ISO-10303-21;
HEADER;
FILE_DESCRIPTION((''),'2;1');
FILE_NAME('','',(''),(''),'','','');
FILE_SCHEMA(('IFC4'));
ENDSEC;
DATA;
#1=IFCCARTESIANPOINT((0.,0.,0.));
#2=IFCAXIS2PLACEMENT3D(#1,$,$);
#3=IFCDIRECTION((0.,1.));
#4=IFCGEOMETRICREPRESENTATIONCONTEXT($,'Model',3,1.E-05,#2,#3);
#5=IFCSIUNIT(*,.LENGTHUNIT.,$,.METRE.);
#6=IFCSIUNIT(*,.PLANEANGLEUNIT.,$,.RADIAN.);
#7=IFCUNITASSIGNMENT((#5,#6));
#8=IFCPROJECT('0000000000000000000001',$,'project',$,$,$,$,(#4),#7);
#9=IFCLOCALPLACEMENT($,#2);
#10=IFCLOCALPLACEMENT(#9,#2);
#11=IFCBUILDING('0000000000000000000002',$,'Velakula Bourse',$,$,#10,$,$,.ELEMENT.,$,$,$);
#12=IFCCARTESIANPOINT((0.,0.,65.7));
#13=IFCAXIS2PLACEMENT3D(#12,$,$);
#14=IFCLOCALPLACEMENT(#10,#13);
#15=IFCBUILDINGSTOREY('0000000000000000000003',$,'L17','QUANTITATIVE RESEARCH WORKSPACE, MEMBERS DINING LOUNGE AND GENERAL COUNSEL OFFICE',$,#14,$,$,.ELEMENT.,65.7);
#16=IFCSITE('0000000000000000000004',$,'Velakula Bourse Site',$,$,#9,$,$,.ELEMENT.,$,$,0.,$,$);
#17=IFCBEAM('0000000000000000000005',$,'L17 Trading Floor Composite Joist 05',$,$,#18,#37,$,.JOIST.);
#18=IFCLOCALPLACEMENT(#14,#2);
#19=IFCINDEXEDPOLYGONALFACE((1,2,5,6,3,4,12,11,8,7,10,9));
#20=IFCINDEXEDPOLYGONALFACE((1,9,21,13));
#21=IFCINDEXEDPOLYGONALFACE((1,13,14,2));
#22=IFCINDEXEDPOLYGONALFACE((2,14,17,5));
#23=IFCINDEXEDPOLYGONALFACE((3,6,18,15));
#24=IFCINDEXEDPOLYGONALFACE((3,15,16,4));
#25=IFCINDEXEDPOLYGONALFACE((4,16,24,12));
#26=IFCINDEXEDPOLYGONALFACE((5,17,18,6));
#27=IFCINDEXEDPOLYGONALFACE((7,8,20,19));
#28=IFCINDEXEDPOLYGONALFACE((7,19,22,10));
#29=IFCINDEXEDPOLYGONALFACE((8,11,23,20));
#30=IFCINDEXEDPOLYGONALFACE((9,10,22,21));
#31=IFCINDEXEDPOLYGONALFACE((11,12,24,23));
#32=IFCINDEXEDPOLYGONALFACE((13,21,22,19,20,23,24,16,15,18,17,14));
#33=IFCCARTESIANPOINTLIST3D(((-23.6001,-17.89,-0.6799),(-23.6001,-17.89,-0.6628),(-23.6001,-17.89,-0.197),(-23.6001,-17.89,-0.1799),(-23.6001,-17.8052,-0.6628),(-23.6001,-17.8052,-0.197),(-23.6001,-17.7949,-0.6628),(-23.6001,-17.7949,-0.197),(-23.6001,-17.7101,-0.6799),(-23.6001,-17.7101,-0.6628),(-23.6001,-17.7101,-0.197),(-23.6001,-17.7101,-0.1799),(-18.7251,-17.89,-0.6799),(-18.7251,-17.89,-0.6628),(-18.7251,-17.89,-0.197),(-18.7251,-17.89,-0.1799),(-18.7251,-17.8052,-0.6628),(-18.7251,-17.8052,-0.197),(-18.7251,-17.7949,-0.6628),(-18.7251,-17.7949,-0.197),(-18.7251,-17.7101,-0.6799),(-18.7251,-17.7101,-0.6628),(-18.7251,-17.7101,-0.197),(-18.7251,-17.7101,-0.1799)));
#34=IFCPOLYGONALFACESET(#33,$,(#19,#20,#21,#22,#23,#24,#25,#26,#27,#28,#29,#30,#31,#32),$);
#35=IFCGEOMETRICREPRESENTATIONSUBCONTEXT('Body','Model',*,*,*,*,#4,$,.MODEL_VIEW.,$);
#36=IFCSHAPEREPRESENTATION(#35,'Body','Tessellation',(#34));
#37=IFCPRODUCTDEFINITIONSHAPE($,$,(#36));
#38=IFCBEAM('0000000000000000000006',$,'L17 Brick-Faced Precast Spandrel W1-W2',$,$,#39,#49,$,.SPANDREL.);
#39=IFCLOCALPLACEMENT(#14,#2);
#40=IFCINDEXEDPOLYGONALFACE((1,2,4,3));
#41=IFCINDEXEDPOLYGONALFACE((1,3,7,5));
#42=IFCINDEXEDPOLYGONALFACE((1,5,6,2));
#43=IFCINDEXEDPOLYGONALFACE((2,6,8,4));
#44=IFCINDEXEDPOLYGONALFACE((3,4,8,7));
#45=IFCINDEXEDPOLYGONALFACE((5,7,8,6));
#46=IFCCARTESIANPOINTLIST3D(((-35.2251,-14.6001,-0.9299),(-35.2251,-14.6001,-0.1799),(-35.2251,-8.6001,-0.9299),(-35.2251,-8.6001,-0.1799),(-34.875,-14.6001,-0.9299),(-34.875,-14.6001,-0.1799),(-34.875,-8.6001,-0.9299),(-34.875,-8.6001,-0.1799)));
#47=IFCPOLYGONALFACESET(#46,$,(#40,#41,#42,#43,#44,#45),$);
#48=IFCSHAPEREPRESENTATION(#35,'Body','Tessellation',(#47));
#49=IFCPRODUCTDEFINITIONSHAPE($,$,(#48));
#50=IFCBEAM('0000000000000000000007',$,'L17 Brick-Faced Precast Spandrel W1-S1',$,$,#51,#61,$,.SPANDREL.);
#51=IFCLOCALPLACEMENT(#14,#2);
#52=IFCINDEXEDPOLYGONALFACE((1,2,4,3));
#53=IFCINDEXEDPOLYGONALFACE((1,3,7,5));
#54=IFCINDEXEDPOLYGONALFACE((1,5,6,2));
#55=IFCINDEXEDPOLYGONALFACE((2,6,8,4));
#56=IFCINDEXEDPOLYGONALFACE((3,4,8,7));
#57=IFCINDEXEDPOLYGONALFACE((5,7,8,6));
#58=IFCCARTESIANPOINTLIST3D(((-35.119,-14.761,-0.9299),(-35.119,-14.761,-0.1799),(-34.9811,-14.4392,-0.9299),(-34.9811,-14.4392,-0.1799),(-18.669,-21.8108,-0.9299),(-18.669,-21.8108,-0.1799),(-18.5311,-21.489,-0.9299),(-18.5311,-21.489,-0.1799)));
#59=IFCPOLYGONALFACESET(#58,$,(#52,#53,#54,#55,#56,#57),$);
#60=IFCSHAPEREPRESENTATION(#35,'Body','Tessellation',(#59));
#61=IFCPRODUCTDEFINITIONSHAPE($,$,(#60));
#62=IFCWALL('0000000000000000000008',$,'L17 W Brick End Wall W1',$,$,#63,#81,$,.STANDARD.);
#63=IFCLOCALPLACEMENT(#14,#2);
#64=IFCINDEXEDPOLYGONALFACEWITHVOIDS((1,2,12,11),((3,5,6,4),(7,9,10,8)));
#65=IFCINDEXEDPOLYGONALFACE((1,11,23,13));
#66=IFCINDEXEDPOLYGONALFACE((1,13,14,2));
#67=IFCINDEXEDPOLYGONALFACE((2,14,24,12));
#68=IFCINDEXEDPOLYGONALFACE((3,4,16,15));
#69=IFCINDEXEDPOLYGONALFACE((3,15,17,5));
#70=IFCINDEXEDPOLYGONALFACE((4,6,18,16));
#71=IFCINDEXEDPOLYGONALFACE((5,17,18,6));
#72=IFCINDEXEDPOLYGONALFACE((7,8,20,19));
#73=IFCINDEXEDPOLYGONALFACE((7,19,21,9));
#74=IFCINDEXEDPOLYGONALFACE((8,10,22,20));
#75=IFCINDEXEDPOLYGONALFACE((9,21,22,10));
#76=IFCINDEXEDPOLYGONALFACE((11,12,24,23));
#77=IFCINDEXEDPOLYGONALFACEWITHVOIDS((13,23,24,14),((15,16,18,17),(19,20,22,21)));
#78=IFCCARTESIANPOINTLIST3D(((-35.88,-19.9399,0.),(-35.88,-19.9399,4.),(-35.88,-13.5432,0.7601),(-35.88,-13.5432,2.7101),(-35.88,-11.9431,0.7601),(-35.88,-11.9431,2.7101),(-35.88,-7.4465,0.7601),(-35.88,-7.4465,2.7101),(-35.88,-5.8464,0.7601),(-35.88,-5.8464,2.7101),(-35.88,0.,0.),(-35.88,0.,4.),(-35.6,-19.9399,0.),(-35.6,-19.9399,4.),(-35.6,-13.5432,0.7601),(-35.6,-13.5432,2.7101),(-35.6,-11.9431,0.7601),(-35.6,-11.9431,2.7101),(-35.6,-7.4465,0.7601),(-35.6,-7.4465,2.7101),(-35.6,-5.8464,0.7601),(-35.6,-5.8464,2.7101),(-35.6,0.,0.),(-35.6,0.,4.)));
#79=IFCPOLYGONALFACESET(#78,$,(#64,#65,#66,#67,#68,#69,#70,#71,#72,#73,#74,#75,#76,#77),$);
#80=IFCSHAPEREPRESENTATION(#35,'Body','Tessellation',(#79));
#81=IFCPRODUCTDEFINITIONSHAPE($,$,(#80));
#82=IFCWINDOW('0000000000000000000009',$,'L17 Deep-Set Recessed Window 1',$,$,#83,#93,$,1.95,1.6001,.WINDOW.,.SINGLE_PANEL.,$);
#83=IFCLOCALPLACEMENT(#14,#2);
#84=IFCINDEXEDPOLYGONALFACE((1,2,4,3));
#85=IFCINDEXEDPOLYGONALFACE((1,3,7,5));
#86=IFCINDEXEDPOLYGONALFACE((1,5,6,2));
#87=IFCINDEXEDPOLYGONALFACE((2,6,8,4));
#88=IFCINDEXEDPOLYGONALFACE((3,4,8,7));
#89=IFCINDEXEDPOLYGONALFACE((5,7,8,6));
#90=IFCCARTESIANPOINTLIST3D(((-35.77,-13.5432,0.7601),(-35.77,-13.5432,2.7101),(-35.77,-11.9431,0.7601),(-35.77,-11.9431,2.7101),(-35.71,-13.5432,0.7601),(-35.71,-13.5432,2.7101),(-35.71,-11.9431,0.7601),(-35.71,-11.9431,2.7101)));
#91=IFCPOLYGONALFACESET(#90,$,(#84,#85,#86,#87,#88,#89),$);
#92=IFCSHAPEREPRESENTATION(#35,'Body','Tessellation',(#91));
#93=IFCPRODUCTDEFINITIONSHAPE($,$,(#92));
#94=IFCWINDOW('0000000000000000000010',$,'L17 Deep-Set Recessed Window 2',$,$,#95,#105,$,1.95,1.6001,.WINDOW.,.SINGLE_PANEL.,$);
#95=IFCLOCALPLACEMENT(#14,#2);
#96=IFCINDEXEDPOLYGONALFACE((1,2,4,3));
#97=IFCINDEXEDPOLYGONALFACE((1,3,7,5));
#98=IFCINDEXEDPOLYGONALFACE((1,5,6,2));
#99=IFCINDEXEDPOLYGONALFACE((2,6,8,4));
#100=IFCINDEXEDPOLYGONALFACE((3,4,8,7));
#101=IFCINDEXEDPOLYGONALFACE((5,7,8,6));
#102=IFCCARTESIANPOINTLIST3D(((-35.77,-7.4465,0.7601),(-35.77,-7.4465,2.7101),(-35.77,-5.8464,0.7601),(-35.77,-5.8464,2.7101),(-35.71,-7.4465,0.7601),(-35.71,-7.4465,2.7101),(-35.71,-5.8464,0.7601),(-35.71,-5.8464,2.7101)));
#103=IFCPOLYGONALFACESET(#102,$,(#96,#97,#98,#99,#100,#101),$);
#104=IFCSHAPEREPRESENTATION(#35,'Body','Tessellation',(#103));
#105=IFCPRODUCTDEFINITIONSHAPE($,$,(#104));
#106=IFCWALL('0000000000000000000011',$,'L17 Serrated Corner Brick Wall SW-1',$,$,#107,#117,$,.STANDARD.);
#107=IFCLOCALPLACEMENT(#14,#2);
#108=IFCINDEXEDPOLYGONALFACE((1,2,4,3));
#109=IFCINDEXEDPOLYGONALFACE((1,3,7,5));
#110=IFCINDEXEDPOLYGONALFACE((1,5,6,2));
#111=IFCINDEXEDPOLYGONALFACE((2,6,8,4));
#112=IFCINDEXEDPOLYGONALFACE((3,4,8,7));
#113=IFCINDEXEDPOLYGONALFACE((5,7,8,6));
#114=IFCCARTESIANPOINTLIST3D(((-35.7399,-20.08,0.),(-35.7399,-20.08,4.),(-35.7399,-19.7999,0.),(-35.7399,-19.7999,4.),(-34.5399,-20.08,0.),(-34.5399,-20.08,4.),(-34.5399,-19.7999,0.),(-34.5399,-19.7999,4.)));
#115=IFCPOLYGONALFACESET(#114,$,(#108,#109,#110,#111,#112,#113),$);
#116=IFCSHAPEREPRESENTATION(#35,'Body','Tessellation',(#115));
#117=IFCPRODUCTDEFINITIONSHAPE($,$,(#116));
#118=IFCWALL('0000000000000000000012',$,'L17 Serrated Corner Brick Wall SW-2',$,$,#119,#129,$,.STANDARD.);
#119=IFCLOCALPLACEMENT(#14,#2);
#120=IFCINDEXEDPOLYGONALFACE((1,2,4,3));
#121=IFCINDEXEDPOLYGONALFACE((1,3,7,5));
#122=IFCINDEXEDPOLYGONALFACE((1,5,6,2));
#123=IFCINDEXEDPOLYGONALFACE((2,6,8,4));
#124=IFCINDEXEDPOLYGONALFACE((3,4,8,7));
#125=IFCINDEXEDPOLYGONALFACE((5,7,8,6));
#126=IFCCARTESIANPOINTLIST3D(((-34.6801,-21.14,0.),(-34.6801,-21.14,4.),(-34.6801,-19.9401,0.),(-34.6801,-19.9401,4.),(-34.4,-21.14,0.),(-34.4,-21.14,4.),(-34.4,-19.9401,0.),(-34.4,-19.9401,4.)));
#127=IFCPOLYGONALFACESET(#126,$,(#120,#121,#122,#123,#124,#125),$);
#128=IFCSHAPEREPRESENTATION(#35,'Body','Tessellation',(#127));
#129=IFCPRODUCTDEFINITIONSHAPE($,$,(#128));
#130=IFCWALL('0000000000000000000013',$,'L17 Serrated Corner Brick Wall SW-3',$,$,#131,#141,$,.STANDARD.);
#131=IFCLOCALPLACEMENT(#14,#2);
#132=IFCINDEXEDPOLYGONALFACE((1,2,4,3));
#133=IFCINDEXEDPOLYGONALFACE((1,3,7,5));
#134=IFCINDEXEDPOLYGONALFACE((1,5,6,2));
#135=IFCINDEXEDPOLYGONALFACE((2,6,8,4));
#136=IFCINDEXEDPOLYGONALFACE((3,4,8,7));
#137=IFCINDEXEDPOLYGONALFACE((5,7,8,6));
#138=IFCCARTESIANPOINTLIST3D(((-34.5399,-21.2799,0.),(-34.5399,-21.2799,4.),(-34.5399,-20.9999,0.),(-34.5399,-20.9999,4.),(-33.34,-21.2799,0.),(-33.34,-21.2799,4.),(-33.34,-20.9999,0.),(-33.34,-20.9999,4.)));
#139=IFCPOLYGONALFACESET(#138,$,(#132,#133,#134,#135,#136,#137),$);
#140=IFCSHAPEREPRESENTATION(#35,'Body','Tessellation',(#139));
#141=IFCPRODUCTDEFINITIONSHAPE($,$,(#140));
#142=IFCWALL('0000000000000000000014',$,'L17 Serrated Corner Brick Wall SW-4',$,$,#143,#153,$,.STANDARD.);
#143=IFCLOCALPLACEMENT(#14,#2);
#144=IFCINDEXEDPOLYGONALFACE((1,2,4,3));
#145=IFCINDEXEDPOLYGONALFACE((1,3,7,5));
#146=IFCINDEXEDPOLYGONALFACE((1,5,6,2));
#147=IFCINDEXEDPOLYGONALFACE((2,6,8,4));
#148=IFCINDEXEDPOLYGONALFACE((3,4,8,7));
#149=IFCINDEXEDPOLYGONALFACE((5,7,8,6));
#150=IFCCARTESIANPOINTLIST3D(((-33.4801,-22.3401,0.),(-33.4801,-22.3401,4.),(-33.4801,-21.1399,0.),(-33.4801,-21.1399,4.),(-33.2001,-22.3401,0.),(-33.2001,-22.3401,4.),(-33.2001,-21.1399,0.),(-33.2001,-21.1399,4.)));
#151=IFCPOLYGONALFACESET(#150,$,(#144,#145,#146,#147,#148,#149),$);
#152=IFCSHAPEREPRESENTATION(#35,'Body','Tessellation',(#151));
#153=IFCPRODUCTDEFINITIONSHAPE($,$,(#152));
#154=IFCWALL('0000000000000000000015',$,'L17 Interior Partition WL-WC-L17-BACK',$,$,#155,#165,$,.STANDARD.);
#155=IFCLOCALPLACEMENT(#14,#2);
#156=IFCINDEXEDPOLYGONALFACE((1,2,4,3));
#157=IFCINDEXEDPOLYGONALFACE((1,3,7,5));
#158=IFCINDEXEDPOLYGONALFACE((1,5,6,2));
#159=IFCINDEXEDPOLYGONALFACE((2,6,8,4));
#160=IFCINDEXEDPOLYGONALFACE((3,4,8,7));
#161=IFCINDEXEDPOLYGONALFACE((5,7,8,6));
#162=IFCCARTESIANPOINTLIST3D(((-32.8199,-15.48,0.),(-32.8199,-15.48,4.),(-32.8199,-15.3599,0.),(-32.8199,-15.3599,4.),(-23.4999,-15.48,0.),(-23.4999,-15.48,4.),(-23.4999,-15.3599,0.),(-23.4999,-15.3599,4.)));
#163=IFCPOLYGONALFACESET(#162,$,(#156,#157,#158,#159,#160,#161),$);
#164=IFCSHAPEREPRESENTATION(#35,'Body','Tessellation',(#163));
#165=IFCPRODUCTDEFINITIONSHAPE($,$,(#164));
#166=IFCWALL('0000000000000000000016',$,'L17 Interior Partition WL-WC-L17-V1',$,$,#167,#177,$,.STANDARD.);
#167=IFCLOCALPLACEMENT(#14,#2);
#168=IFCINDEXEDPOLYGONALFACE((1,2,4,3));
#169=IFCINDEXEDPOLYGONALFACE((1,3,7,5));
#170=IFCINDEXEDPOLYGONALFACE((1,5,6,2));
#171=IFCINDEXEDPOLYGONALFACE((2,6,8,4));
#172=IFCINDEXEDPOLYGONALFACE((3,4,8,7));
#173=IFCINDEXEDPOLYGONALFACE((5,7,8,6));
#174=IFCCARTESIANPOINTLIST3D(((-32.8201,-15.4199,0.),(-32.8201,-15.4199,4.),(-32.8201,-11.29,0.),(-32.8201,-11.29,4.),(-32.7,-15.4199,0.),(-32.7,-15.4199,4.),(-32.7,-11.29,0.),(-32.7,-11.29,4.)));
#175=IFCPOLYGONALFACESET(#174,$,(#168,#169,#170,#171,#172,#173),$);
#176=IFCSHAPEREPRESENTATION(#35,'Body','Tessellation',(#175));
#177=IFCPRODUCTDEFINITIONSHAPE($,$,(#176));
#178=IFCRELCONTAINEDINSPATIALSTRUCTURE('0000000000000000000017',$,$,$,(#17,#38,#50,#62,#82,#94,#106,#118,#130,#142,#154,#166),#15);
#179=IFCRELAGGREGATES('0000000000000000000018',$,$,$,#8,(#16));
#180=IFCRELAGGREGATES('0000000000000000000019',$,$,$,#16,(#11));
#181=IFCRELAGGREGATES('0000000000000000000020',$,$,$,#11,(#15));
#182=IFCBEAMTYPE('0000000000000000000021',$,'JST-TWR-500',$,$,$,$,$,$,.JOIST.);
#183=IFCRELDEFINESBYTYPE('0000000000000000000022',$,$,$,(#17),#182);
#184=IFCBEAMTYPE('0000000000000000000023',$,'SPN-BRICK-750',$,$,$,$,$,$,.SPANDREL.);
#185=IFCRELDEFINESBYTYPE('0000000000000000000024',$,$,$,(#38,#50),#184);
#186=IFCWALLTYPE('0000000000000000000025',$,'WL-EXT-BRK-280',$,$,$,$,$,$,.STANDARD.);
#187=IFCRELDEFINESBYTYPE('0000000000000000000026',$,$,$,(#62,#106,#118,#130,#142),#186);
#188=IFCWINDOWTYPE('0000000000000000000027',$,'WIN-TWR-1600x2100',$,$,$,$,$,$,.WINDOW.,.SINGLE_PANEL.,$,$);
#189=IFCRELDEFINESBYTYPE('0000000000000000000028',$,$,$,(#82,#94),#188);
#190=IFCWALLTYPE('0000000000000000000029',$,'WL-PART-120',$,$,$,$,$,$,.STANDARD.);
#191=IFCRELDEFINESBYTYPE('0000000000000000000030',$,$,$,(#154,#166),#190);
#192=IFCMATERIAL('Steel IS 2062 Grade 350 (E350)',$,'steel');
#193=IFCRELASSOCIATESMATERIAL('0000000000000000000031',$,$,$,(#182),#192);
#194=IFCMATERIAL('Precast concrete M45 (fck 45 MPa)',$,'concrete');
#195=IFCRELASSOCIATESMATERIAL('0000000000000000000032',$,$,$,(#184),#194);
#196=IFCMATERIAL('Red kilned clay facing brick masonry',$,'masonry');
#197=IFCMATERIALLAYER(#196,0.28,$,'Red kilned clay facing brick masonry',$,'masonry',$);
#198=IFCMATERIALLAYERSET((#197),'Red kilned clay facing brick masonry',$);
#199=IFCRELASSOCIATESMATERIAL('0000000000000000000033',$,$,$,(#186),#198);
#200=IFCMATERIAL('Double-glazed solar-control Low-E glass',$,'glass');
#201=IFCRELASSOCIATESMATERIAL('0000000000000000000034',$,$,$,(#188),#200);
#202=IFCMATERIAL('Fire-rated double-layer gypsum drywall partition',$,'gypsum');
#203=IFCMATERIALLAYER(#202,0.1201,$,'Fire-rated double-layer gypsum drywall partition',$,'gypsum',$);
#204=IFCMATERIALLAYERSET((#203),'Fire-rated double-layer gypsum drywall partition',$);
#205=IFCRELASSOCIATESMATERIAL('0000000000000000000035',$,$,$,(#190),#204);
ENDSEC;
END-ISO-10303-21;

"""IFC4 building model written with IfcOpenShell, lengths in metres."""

from ifc_helpers import new_model, si_unit, direction, frame, frame_2d, origin, origin_2d, place, context, subcontext, project, spatial, rectangle, i_section, extrude, material, layer, layer_set, material_profile, profile_set, type_object, element, fill, save


model = new_model("IFC4")

# Units and contexts
model_context = context("Model", 3, precision=1e-05, world=origin(), true_north=direction((0.0, 1.0)))
body_context = subcontext(model_context, "Body", "Model", "MODEL_VIEW")
ifc_project = project(units=[si_unit("LENGTHUNIT", "METRE"), si_unit("PLANEANGLEUNIT", "RADIAN")], contexts=[model_context])

# Site, building, storey
site_placement = place(None, origin())
site = spatial("IfcSite", under=ifc_project, at=site_placement, Name="Velakula Bourse Site", CompositionType="ELEMENT", RefElevation=0.0)
building_placement = place(site_placement, origin())
building = spatial("IfcBuilding", under=site, at=building_placement, Name="Velakula Bourse", CompositionType="ELEMENT")
storey_placement = place(building_placement, frame((0.0, 0.0, 65.7)))
storey = spatial("IfcBuildingStorey", under=building, at=storey_placement, Name="L17", Description="QUANTITATIVE RESEARCH WORKSPACE, MEMBERS DINING LOUNGE AND GENERAL COUNSEL OFFICE", CompositionType="ELEMENT", Elevation=65.7)

# Shared definitions
ifc_material_1 = material(Name="Precast concrete M45 (fck 45 MPa)", Category="concrete")

# Beams
ifc_material_2 = material(Name="Steel IS 2062 Grade 350 (E350)", Category="steel")
ifc_material_profile_1 = material_profile(ifc_material_2, i_section(OverallWidth=0.1799, OverallDepth=0.5, WebThickness=0.0103, FlangeThickness=0.0171, at=origin_2d()), Name="Steel IS 2062 Grade 350 (E350)")
ifc_profile_set_1 = profile_set([ifc_material_profile_1], Name="Steel IS 2062 Grade 350 (E350)")
beam_type_1 = type_object("IfcBeamType", Name="JST-TWR-500", PredefinedType="JOIST", material=ifc_profile_set_1)
beam_1_placement = place(storey_placement, frame((-23.6001, -17.8, -0.4299), z_axis=(1.0, 0.0, 0.0), x_axis=(0.0, 1.0, 0.0)))
element("IfcBeam", 1, at=beam_1_placement, inside=storey, type_object=beam_type_1, Name="L17 Trading Floor Composite Joist 05", PredefinedType="JOIST", context=body_context, shape_type="SweptSolid", body=[
    extrude(i_section(OverallWidth=0.1799, OverallDepth=0.5, WebThickness=0.0103, FlangeThickness=0.0171, at=origin_2d()), origin(), (0.0, 0.0, 1.0), 4.875),
])
ifc_material_profile_2 = material_profile(ifc_material_1, rectangle(XDim=0.3501, YDim=0.75, at=origin_2d()), Name="Precast concrete M45 (fck 45 MPa)")
ifc_profile_set_2 = profile_set([ifc_material_profile_2], Name="Precast concrete M45 (fck 45 MPa)")
beam_type_2 = type_object("IfcBeamType", Name="SPN-BRICK-750", PredefinedType="SPANDREL", material=ifc_profile_set_2)
beam_2_placement = place(storey_placement, frame((-35.05, -14.6001, -0.5549), z_axis=(0.0, 1.0, 0.0), x_axis=(-1.0, 0.0, 0.0)))
element("IfcBeam", 2, at=beam_2_placement, inside=storey, type_object=beam_type_2, Name="L17 Brick-Faced Precast Spandrel W1-W2", PredefinedType="SPANDREL", context=body_context, shape_type="SweptSolid", body=[
    extrude(rectangle(XDim=0.3501, YDim=0.75, at=origin_2d()), origin(), (0.0, 0.0, 1.0), 6.0),
])
beam_3_placement = place(storey_placement, frame((-35.05, -14.6001, -0.5549), z_axis=(0.919149, -0.393911, 0.0), x_axis=(0.393911, 0.919149, 0.0)))
element("IfcBeam", 3, at=beam_3_placement, inside=storey, type_object=beam_type_2, Name="L17 Brick-Faced Precast Spandrel W1-S1", PredefinedType="SPANDREL", context=body_context, shape_type="SweptSolid", body=[
    extrude(rectangle(XDim=0.3501, YDim=0.75, at=origin_2d()), origin(), (0.0, 0.0, 1.0), 17.897),
])

# Wall, openings, windows
ifc_material_3 = material(Name="Red kilned clay facing brick masonry", Category="masonry")
ifc_layer_1 = layer(ifc_material_3, 0.28, Name="Red kilned clay facing brick masonry", Category="masonry")
ifc_layer_set_1 = layer_set([ifc_layer_1], Name="Red kilned clay facing brick masonry")
wall_type_1 = type_object("IfcWallType", Name="WL-EXT-BRK-280", PredefinedType="STANDARD", material=ifc_layer_set_1)
wall_1_placement = place(storey_placement, frame((-35.74, -19.9399, 0.0), z_axis=(0.0, 0.0, 1.0), x_axis=(0.0, 1.0, 0.0)))
wall_1 = element("IfcWall", 4, at=wall_1_placement, inside=storey, type_object=wall_type_1, Name="L17 W Brick End Wall W1", PredefinedType="STANDARD", context=body_context, shape_type="SweptSolid", body=[
    extrude(rectangle(XDim=19.9399, YDim=0.28, at=frame_2d((9.97, 0.0))), origin(), (0.0, 0.0, 1.0), 4.0),
])
opening_1_placement = place(wall_1_placement, frame((6.3967, 0.0, 0.76)))
opening_1 = element("IfcOpeningElement", 5, at=opening_1_placement, cuts=wall_1, PredefinedType="OPENING", context=body_context, shape_type="SweptSolid", body=[
    extrude(rectangle(XDim=1.6001, YDim=1.95, at=frame_2d((0.8, 0.9751))), frame((0.0, 0.1499, 0.0), z_axis=(0.0, -1.0, 0.0), x_axis=(1.0, 0.0, 0.0)), (0.0, 0.0, 1.0), 0.3),
])
opening_2_placement = place(wall_1_placement, frame((12.4934, 0.0, 0.76)))
opening_2 = element("IfcOpeningElement", 6, at=opening_2_placement, cuts=wall_1, PredefinedType="OPENING", context=body_context, shape_type="SweptSolid", body=[
    extrude(rectangle(XDim=1.6001, YDim=1.95, at=frame_2d((0.8, 0.9751))), frame((0.0, 0.1499, 0.0), z_axis=(0.0, -1.0, 0.0), x_axis=(1.0, 0.0, 0.0)), (0.0, 0.0, 1.0), 0.3),
])
ifc_material_4 = material(Name="Double-glazed solar-control Low-E glass", Category="glass")
window_type = type_object("IfcWindowType", Name="WIN-TWR-1600x2100", PartitioningType="SINGLE_PANEL", PredefinedType="WINDOW", material=ifc_material_4)
window_1_placement = place(opening_1_placement, origin())
window_1 = element("IfcWindow", 7, at=window_1_placement, inside=storey, type_object=window_type, Name="L17 Deep-Set Recessed Window 1", OverallHeight=1.95, OverallWidth=1.6001, PartitioningType="SINGLE_PANEL", PredefinedType="WINDOW", context=body_context, shape_type="SweptSolid", body=[
    extrude(rectangle(XDim=1.6001, YDim=1.95, at=frame_2d((0.8, 0.9751))), frame((0.0, 0.03, 0.0), z_axis=(0.0, -1.0, 0.0), x_axis=(1.0, 0.0, 0.0)), (0.0, 0.0, 1.0), 0.0601),
])
fill(opening_1, window_1)
window_2_placement = place(opening_2_placement, origin())
window_2 = element("IfcWindow", 8, at=window_2_placement, inside=storey, type_object=window_type, Name="L17 Deep-Set Recessed Window 2", OverallHeight=1.95, OverallWidth=1.6001, PartitioningType="SINGLE_PANEL", PredefinedType="WINDOW", context=body_context, shape_type="SweptSolid", body=[
    extrude(rectangle(XDim=1.6001, YDim=1.95, at=frame_2d((0.8, 0.9751))), frame((0.0, 0.03, 0.0), z_axis=(0.0, -1.0, 0.0), x_axis=(1.0, 0.0, 0.0)), (0.0, 0.0, 1.0), 0.0601),
])
fill(opening_2, window_2)

# Walls
for number, where, z_axis, x_axis, name in (
    (9, (-35.74, -19.9399, 0.0), (0.0, 0.0, 1.0), (1.0, 0.0, 0.0), "L17 Serrated Corner Brick Wall SW-1"),
    (10, (-34.54, -19.9399, 0.0), (0.0, 0.0, 1.0), (0.0, -1.0, 0.0), "L17 Serrated Corner Brick Wall SW-2"),
    (11, (-34.54, -21.1399, 0.0), (0.0, 0.0, 1.0), (1.0, 0.0, 0.0), "L17 Serrated Corner Brick Wall SW-3"),
):
    element("IfcWall", number, at=place(storey_placement, frame(where, z_axis=z_axis, x_axis=x_axis)), inside=storey, type_object=wall_type_1, Name=name, PredefinedType="STANDARD", context=body_context, shape_type="SweptSolid", body=[
        extrude(rectangle(XDim=1.2, YDim=0.28, at=frame_2d((0.6001, 0.0))), origin(), (0.0, 0.0, 1.0), 4.0),
    ])
wall_2_placement = place(storey_placement, frame((-33.3401, -21.1399, 0.0), z_axis=(0.0, 0.0, 1.0), x_axis=(0.0, -1.0, 0.0)))
element("IfcWall", 12, at=wall_2_placement, inside=storey, type_object=wall_type_1, Name="L17 Serrated Corner Brick Wall SW-4", PredefinedType="STANDARD", context=body_context, shape_type="SweptSolid", body=[
    extrude(rectangle(XDim=1.2002, YDim=0.28, at=frame_2d((0.6001, 0.0))), origin(), (0.0, 0.0, 1.0), 4.0),
])
ifc_material_5 = material(Name="Fire-rated double-layer gypsum drywall partition", Category="gypsum")
ifc_layer_2 = layer(ifc_material_5, 0.1201, Name="Fire-rated double-layer gypsum drywall partition", Category="gypsum")
ifc_layer_set_2 = layer_set([ifc_layer_2], Name="Fire-rated double-layer gypsum drywall partition")
wall_type_2 = type_object("IfcWallType", Name="WL-PART-120", PredefinedType="STANDARD", material=ifc_layer_set_2)
wall_3_placement = place(storey_placement, frame((-32.8201, -15.4199, 0.0), z_axis=(0.0, 0.0, 1.0), x_axis=(1.0, 0.0, 0.0)))
element("IfcWall", 13, at=wall_3_placement, inside=storey, type_object=wall_type_2, Name="L17 Interior Partition WL-WC-L17-BACK", PredefinedType="STANDARD", context=body_context, shape_type="SweptSolid", body=[
    extrude(rectangle(XDim=9.3201, YDim=0.1201, at=frame_2d((4.6602, 0.0))), origin(), (0.0, 0.0, 1.0), 4.0),
])
for number, where, z_axis, x_axis, name in (
    (14, (-32.76, -15.4199, 0.0), (0.0, 0.0, 1.0), (0.0, 1.0, 0.0), "L17 Interior Partition WL-WC-L17-V1"),
):
    element("IfcWall", number, at=place(storey_placement, frame(where, z_axis=z_axis, x_axis=x_axis)), inside=storey, type_object=wall_type_2, Name=name, PredefinedType="STANDARD", context=body_context, shape_type="SweptSolid", body=[
        extrude(rectangle(XDim=4.1299, YDim=0.1201, at=frame_2d((2.0649, 0.0))), origin(), (0.0, 0.0, 1.0), 4.0),
    ])

save(model, "model.ifc")
